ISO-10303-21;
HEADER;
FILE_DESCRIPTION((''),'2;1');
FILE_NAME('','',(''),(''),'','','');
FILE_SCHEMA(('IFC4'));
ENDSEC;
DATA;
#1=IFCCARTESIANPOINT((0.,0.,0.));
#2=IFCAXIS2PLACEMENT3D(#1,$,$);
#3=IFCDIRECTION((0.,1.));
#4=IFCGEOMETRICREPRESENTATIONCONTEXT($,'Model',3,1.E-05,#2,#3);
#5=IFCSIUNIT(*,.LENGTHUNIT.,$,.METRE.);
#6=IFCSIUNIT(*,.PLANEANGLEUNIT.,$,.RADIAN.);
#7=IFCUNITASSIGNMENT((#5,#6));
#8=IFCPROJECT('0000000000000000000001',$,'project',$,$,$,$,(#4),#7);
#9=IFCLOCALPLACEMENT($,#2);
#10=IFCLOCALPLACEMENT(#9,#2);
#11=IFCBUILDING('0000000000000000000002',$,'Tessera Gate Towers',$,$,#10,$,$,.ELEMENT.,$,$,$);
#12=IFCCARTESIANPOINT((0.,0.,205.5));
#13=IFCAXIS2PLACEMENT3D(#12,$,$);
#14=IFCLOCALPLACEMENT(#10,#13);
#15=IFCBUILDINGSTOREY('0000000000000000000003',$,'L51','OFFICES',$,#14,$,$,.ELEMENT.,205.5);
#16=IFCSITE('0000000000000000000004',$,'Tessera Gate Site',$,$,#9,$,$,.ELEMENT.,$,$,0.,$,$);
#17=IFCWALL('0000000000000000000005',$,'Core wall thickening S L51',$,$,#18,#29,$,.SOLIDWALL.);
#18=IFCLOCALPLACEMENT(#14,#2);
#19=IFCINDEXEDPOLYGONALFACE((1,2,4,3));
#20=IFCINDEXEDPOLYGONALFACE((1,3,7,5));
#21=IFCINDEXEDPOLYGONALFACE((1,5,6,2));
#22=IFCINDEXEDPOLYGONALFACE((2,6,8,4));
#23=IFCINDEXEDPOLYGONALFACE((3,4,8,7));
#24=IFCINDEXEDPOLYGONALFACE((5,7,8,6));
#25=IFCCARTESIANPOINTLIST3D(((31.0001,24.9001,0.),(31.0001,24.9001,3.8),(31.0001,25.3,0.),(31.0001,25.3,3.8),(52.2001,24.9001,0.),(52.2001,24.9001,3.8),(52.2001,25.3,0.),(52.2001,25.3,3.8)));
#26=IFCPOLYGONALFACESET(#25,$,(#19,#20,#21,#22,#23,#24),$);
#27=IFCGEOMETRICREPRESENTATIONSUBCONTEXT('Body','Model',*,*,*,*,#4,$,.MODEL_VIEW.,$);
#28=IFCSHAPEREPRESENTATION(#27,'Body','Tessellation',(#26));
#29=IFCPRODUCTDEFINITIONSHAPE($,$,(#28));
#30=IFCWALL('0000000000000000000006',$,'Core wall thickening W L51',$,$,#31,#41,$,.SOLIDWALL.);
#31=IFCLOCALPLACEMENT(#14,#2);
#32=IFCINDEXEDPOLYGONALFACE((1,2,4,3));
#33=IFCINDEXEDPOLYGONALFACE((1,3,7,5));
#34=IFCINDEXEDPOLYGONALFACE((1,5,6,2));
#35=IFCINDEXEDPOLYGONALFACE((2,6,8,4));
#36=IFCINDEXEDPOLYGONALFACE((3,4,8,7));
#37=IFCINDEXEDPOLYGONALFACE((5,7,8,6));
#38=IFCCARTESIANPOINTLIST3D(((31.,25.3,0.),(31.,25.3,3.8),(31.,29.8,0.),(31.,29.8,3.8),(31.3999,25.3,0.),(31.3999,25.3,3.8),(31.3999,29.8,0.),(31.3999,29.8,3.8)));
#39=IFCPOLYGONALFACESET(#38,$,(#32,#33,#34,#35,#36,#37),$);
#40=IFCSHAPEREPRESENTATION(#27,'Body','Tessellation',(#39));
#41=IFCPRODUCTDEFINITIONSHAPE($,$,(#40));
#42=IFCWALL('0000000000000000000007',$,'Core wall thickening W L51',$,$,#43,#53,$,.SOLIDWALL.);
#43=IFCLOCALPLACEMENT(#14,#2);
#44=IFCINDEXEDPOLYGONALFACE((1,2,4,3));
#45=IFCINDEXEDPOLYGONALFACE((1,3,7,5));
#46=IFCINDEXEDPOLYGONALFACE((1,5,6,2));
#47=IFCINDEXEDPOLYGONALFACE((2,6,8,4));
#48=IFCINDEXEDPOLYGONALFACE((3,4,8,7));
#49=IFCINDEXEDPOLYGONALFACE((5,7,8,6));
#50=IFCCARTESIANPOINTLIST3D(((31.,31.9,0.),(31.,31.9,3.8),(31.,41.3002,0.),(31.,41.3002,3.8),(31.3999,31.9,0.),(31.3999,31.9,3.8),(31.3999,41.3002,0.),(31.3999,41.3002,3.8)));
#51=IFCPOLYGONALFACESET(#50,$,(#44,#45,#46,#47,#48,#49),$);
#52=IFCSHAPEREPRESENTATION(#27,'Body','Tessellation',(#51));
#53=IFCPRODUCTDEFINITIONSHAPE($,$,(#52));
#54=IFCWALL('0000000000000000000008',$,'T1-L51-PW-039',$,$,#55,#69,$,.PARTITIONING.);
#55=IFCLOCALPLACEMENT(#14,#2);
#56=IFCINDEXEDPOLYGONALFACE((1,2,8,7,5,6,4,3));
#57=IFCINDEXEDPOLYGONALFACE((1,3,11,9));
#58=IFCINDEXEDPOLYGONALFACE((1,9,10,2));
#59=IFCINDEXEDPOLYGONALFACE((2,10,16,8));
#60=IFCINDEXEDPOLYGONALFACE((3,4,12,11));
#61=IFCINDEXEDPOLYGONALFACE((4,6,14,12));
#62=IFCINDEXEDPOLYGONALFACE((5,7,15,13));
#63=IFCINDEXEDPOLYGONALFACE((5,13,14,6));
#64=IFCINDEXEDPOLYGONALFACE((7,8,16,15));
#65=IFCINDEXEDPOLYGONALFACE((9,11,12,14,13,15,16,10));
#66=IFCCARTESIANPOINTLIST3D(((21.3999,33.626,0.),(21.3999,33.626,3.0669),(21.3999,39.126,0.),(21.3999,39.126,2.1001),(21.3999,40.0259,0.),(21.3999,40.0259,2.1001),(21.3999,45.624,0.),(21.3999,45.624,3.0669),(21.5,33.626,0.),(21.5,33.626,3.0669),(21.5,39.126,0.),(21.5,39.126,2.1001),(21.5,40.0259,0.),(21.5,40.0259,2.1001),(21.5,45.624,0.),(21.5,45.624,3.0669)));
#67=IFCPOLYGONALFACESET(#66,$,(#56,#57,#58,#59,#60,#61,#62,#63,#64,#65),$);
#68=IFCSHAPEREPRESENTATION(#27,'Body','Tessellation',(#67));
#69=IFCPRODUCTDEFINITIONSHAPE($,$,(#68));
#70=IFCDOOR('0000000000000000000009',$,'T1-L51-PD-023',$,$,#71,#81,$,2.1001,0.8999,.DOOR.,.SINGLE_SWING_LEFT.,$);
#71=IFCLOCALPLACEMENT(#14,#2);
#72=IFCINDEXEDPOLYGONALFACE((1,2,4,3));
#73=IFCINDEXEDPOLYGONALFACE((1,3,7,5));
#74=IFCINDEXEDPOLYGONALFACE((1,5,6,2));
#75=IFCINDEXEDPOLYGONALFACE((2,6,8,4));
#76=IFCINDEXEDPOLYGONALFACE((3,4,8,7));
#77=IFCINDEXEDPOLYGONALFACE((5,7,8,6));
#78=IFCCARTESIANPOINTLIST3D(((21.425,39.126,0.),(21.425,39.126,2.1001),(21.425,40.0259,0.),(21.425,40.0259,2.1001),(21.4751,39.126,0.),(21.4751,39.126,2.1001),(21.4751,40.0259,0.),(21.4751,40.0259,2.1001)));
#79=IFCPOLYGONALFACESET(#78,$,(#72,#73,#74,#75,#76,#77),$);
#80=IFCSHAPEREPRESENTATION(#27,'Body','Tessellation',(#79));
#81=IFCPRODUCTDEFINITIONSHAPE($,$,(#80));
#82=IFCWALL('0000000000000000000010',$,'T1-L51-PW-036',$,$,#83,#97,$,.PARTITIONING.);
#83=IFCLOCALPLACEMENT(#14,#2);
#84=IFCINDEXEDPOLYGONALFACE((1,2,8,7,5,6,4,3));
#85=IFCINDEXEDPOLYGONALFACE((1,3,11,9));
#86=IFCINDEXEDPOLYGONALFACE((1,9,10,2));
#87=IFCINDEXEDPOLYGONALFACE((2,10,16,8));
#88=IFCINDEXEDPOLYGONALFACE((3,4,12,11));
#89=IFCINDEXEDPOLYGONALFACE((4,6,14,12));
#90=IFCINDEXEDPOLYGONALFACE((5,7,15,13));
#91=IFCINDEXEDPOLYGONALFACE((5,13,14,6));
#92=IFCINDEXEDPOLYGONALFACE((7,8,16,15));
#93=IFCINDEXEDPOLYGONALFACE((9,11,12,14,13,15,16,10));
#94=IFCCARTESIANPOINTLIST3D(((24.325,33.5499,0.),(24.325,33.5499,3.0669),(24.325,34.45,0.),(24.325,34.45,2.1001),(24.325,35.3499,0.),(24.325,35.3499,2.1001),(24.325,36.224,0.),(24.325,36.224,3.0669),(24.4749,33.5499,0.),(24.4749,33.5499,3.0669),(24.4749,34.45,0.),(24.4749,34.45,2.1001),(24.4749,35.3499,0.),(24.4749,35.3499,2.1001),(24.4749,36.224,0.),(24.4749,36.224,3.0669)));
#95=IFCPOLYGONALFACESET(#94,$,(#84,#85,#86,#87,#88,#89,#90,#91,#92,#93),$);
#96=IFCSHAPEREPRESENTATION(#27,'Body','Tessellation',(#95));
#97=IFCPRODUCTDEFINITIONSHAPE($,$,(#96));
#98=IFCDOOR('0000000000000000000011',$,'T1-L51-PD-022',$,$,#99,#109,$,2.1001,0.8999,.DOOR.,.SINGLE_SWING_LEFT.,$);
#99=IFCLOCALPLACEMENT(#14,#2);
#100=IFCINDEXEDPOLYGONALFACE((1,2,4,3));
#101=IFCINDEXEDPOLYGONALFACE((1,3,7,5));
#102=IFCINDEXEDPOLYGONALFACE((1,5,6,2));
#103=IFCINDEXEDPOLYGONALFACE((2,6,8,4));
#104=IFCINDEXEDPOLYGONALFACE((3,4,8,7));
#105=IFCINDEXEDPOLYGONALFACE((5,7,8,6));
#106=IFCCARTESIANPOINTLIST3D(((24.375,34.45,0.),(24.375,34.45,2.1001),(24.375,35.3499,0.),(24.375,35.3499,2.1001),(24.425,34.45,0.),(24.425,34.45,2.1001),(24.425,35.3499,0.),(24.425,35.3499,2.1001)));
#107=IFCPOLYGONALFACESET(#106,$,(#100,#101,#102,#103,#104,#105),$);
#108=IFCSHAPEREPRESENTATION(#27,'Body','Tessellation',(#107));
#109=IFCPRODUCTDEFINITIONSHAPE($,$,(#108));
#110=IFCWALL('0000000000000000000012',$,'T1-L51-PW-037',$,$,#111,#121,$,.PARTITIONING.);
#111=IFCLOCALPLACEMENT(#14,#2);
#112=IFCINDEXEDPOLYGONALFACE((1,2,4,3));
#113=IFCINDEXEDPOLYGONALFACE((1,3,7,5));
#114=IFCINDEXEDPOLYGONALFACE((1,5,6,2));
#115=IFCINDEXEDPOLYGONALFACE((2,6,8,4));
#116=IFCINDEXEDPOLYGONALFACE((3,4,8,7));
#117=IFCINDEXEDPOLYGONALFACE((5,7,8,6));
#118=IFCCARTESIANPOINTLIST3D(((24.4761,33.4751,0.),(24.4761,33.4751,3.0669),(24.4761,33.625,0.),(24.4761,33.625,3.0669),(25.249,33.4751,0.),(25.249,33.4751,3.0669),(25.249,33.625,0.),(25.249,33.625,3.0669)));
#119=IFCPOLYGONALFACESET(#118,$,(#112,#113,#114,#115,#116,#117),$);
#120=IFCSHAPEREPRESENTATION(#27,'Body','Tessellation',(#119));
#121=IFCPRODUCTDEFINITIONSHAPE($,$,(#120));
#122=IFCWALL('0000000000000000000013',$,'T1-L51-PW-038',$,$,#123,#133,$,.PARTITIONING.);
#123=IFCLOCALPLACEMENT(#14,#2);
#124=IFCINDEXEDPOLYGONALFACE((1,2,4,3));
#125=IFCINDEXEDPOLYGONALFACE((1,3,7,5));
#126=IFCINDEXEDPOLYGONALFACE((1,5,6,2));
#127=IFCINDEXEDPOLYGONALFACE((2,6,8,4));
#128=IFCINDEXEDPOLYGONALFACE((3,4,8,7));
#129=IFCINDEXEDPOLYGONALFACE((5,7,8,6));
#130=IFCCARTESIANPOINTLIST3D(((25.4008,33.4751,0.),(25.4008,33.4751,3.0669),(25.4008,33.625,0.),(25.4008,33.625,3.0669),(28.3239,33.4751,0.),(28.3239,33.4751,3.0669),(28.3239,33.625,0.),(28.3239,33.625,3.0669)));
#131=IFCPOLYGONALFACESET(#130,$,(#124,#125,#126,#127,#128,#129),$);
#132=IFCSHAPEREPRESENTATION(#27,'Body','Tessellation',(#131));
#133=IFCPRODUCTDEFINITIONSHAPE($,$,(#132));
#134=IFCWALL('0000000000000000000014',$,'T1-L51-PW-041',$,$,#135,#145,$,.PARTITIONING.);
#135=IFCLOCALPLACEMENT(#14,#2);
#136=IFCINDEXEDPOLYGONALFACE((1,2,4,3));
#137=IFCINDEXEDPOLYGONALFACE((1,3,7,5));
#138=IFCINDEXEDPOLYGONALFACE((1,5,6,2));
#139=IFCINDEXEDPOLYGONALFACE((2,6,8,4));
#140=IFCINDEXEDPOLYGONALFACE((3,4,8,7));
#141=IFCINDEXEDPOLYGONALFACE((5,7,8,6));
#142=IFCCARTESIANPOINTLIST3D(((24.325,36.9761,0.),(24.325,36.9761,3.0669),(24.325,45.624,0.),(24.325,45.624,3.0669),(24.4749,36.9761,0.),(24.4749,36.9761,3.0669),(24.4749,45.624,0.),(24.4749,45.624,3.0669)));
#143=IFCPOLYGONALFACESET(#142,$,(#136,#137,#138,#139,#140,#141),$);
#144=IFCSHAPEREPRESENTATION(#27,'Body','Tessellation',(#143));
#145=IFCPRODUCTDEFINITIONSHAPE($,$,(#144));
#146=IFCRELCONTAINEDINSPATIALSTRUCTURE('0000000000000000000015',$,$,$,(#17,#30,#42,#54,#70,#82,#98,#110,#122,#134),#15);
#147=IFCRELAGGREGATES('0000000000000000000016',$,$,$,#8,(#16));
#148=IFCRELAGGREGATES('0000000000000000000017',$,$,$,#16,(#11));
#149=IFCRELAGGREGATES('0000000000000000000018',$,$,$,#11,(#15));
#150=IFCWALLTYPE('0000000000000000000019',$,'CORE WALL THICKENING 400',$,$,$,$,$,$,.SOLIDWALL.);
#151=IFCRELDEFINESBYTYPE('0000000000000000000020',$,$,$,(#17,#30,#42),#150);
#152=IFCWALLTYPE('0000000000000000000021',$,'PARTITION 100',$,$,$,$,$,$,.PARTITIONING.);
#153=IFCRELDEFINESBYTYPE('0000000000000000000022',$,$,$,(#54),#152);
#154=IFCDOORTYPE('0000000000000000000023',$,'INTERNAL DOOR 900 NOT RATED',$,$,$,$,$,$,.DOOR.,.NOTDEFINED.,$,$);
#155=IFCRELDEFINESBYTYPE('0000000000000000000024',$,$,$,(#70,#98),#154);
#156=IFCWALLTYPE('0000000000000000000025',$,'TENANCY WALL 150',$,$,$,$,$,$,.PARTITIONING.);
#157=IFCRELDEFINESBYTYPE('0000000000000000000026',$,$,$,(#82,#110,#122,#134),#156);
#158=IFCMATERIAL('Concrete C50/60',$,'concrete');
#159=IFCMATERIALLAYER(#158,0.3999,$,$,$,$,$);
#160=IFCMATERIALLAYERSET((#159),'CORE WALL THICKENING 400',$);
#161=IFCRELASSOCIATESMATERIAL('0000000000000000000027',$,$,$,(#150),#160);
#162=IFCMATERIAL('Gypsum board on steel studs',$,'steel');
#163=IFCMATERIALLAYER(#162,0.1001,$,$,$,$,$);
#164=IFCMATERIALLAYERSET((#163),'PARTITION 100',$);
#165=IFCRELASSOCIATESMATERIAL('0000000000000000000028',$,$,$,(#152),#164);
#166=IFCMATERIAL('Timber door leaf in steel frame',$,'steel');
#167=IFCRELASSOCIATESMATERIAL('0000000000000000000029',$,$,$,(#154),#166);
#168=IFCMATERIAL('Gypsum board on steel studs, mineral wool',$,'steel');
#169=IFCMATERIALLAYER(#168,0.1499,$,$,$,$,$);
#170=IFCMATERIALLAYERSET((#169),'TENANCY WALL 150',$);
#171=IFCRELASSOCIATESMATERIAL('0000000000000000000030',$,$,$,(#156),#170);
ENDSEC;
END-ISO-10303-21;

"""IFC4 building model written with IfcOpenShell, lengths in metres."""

from ifc_helpers import new_model, si_unit, direction, frame, frame_2d, origin, place, context, subcontext, project, spatial, rectangle, extrude, source, transform, mapped, material, layer, layer_set, type_object, element, fill, save


model = new_model("IFC4")

# Units and contexts
model_context = context("Model", 3, precision=1e-05, world=origin(), true_north=direction((0.0, 1.0)))
body_context = subcontext(model_context, "Body", "Model", "MODEL_VIEW")
ifc_project = project(units=[si_unit("LENGTHUNIT", "METRE"), si_unit("PLANEANGLEUNIT", "RADIAN")], contexts=[model_context])

# Site, building, storey
site_placement = place(None, origin())
site = spatial("IfcSite", under=ifc_project, at=site_placement, Name="Tessera Gate Site", CompositionType="ELEMENT", RefElevation=0.0)
building_placement = place(site_placement, origin())
building = spatial("IfcBuilding", under=site, at=building_placement, Name="Tessera Gate Towers", CompositionType="ELEMENT")
storey_placement = place(building_placement, frame((0.0, 0.0, 205.5)))
storey = spatial("IfcBuildingStorey", under=building, at=storey_placement, Name="L51", Description="OFFICES", CompositionType="ELEMENT", Elevation=205.5)

# Shared definitions
shared_shape_1 = source(origin(), body_context, "Body", "SweptSolid", [
    extrude(rectangle(XDim=0.8999, YDim=2.1001, at=frame_2d((0.45, 1.05))), frame((0.0, 0.0249, 0.0), z_axis=(0.0, -1.0, 0.0), x_axis=(1.0, 0.0, 0.0)), (0.0, 0.0, 1.0), 0.05),
])

# Walls
ifc_material_1 = material(Name="Concrete C50/60", Category="concrete")
ifc_layer_1 = layer(ifc_material_1, 0.3999)
ifc_layer_set_1 = layer_set([ifc_layer_1], Name="CORE WALL THICKENING 400")
wall_type_1 = type_object("IfcWallType", Name="CORE WALL THICKENING 400", PredefinedType="SOLIDWALL", material=ifc_layer_set_1)
wall_1_placement = place(storey_placement, frame((31.0, 25.1001, 0.0), z_axis=(0.0, 0.0, 1.0), x_axis=(1.0, 0.0, 0.0)))
element("IfcWall", 1, at=wall_1_placement, inside=storey, type_object=wall_type_1, Name="Core wall thickening S L51", PredefinedType="SOLIDWALL", context=body_context, shape_type="SweptSolid", body=[
    extrude(rectangle(XDim=21.2, YDim=0.3999, at=frame_2d((10.6001, 0.0))), origin(), (0.0, 0.0, 1.0), 3.8),
])
wall_2_placement = place(storey_placement, frame((31.2, 25.3, 0.0), z_axis=(0.0, 0.0, 1.0), x_axis=(0.0, 1.0, 0.0)))
element("IfcWall", 2, at=wall_2_placement, inside=storey, type_object=wall_type_1, Name="Core wall thickening W L51", PredefinedType="SOLIDWALL", context=body_context, shape_type="SweptSolid", body=[
    extrude(rectangle(XDim=4.5, YDim=0.3999, at=frame_2d((2.25, 0.0))), origin(), (0.0, 0.0, 1.0), 3.8),
])
wall_3_placement = place(storey_placement, frame((31.2, 31.8999, 0.0), z_axis=(0.0, 0.0, 1.0), x_axis=(0.0, 1.0, 0.0)))
element("IfcWall", 3, at=wall_3_placement, inside=storey, type_object=wall_type_1, Name="Core wall thickening W L51", PredefinedType="SOLIDWALL", context=body_context, shape_type="SweptSolid", body=[
    extrude(rectangle(XDim=9.4001, YDim=0.3999, at=frame_2d((4.7002, 0.0))), origin(), (0.0, 0.0, 1.0), 3.8),
])

# Walls, openings, doors
ifc_material_2 = material(Name="Gypsum board on steel studs", Category="steel")
ifc_layer_2 = layer(ifc_material_2, 0.1001)
ifc_layer_set_2 = layer_set([ifc_layer_2], Name="PARTITION 100")
wall_type_2 = type_object("IfcWallType", Name="PARTITION 100", PredefinedType="PARTITIONING", material=ifc_layer_set_2)
wall_4_placement = place(storey_placement, frame((21.45, 33.626, 0.0), z_axis=(0.0, 0.0, 1.0), x_axis=(0.0, 1.0, 0.0)))
wall_4 = element("IfcWall", 4, at=wall_4_placement, inside=storey, type_object=wall_type_2, Name="T1-L51-PW-039", PredefinedType="PARTITIONING", context=body_context, shape_type="SweptSolid", body=[
    extrude(rectangle(XDim=11.998, YDim=0.1001, at=frame_2d((5.999, 0.0))), origin(), (0.0, 0.0, 1.0), 3.0669),
])
shared_shape_2 = source(origin(), body_context, "Body", "SweptSolid", [
    extrude(rectangle(XDim=0.8999, YDim=2.1001, at=frame_2d((0.45, 1.05))), frame((0.0, 0.0601, 0.0), z_axis=(0.0, -1.0, 0.0), x_axis=(1.0, 0.0, 0.0)), (0.0, 0.0, 1.0), 0.1201),
])
opening_1_placement = place(wall_4_placement, frame((5.5, 0.0, 0.0)))
opening_1 = element("IfcOpeningElement", 5, at=opening_1_placement, cuts=wall_4, PredefinedType="OPENING", context=body_context, shape_type="MappedRepresentation", body=[
    mapped(shared_shape_2, transform((0.0, 0.0, 0.0), scale=1.0)),
])
ifc_material_3 = material(Name="Timber door leaf in steel frame", Category="steel")
door_type_1 = type_object("IfcDoorType", Name="INTERNAL DOOR 900 NOT RATED", OperationType="NOTDEFINED", PredefinedType="DOOR", material=ifc_material_3)
door_1_placement = place(opening_1_placement, origin())
door_1 = element("IfcDoor", 6, at=door_1_placement, inside=storey, type_object=door_type_1, Name="T1-L51-PD-023", OperationType="SINGLE_SWING_LEFT", OverallHeight=2.1001, OverallWidth=0.8999, PredefinedType="DOOR", context=body_context, shape_type="MappedRepresentation", body=[
    mapped(shared_shape_1, transform((0.0, 0.0, 0.0), scale=1.0)),
])
fill(opening_1, door_1)
ifc_material_4 = material(Name="Gypsum board on steel studs, mineral wool", Category="steel")
ifc_layer_3 = layer(ifc_material_4, 0.1499)
ifc_layer_set_3 = layer_set([ifc_layer_3], Name="TENANCY WALL 150")
wall_type_3 = type_object("IfcWallType", Name="TENANCY WALL 150", PredefinedType="PARTITIONING", material=ifc_layer_set_3)
wall_5_placement = place(storey_placement, frame((24.3999, 33.55, 0.0), z_axis=(0.0, 0.0, 1.0), x_axis=(0.0, 1.0, 0.0)))
wall_5 = element("IfcWall", 7, at=wall_5_placement, inside=storey, type_object=wall_type_3, Name="T1-L51-PW-036", PredefinedType="PARTITIONING", context=body_context, shape_type="SweptSolid", body=[
    extrude(rectangle(XDim=2.6741, YDim=0.1499, at=frame_2d((1.3369, 0.0))), origin(), (0.0, 0.0, 1.0), 3.0669),
])
shared_shape_3 = source(origin(), body_context, "Body", "SweptSolid", [
    extrude(rectangle(XDim=0.8999, YDim=2.1001, at=frame_2d((0.45, 1.05))), frame((0.0, 0.085, 0.0), z_axis=(0.0, -1.0, 0.0), x_axis=(1.0, 0.0, 0.0)), (0.0, 0.0, 1.0), 0.1699),
])
opening_2_placement = place(wall_5_placement, frame((0.8999, 0.0, 0.0)))
opening_2 = element("IfcOpeningElement", 8, at=opening_2_placement, cuts=wall_5, PredefinedType="OPENING", context=body_context, shape_type="MappedRepresentation", body=[
    mapped(shared_shape_3, transform((0.0, 0.0, 0.0), scale=1.0)),
])
door_2_placement = place(opening_2_placement, origin())
door_2 = element("IfcDoor", 9, at=door_2_placement, inside=storey, type_object=door_type_1, Name="T1-L51-PD-022", OperationType="SINGLE_SWING_LEFT", OverallHeight=2.1001, OverallWidth=0.8999, PredefinedType="DOOR", context=body_context, shape_type="MappedRepresentation", body=[
    mapped(shared_shape_1, transform((0.0, 0.0, 0.0), scale=1.0)),
])
fill(opening_2, door_2)

# Walls
wall_6_placement = place(storey_placement, frame((24.4761, 33.55, 0.0), z_axis=(0.0, 0.0, 1.0), x_axis=(1.0, 0.0, 0.0)))
element("IfcWall", 10, at=wall_6_placement, inside=storey, type_object=wall_type_3, Name="T1-L51-PW-037", PredefinedType="PARTITIONING", context=body_context, shape_type="SweptSolid", body=[
    extrude(rectangle(XDim=0.7729, YDim=0.1499, at=frame_2d((0.3865, 0.0))), origin(), (0.0, 0.0, 1.0), 3.0669),
])
wall_7_placement = place(storey_placement, frame((25.4009, 33.55, 0.0), z_axis=(0.0, 0.0, 1.0), x_axis=(1.0, 0.0, 0.0)))
element("IfcWall", 11, at=wall_7_placement, inside=storey, type_object=wall_type_3, Name="T1-L51-PW-038", PredefinedType="PARTITIONING", context=body_context, shape_type="SweptSolid", body=[
    extrude(rectangle(XDim=2.9231, YDim=0.1499, at=frame_2d((1.4614, 0.0))), origin(), (0.0, 0.0, 1.0), 3.0669),
])
wall_8_placement = place(storey_placement, frame((24.3999, 36.9761, 0.0), z_axis=(0.0, 0.0, 1.0), x_axis=(0.0, 1.0, 0.0)))
element("IfcWall", 12, at=wall_8_placement, inside=storey, type_object=wall_type_3, Name="T1-L51-PW-041", PredefinedType="PARTITIONING", context=body_context, shape_type="SweptSolid", body=[
    extrude(rectangle(XDim=8.6479, YDim=0.1499, at=frame_2d((4.324, 0.0))), origin(), (0.0, 0.0, 1.0), 3.0669),
])

save(model, "model.ifc")
